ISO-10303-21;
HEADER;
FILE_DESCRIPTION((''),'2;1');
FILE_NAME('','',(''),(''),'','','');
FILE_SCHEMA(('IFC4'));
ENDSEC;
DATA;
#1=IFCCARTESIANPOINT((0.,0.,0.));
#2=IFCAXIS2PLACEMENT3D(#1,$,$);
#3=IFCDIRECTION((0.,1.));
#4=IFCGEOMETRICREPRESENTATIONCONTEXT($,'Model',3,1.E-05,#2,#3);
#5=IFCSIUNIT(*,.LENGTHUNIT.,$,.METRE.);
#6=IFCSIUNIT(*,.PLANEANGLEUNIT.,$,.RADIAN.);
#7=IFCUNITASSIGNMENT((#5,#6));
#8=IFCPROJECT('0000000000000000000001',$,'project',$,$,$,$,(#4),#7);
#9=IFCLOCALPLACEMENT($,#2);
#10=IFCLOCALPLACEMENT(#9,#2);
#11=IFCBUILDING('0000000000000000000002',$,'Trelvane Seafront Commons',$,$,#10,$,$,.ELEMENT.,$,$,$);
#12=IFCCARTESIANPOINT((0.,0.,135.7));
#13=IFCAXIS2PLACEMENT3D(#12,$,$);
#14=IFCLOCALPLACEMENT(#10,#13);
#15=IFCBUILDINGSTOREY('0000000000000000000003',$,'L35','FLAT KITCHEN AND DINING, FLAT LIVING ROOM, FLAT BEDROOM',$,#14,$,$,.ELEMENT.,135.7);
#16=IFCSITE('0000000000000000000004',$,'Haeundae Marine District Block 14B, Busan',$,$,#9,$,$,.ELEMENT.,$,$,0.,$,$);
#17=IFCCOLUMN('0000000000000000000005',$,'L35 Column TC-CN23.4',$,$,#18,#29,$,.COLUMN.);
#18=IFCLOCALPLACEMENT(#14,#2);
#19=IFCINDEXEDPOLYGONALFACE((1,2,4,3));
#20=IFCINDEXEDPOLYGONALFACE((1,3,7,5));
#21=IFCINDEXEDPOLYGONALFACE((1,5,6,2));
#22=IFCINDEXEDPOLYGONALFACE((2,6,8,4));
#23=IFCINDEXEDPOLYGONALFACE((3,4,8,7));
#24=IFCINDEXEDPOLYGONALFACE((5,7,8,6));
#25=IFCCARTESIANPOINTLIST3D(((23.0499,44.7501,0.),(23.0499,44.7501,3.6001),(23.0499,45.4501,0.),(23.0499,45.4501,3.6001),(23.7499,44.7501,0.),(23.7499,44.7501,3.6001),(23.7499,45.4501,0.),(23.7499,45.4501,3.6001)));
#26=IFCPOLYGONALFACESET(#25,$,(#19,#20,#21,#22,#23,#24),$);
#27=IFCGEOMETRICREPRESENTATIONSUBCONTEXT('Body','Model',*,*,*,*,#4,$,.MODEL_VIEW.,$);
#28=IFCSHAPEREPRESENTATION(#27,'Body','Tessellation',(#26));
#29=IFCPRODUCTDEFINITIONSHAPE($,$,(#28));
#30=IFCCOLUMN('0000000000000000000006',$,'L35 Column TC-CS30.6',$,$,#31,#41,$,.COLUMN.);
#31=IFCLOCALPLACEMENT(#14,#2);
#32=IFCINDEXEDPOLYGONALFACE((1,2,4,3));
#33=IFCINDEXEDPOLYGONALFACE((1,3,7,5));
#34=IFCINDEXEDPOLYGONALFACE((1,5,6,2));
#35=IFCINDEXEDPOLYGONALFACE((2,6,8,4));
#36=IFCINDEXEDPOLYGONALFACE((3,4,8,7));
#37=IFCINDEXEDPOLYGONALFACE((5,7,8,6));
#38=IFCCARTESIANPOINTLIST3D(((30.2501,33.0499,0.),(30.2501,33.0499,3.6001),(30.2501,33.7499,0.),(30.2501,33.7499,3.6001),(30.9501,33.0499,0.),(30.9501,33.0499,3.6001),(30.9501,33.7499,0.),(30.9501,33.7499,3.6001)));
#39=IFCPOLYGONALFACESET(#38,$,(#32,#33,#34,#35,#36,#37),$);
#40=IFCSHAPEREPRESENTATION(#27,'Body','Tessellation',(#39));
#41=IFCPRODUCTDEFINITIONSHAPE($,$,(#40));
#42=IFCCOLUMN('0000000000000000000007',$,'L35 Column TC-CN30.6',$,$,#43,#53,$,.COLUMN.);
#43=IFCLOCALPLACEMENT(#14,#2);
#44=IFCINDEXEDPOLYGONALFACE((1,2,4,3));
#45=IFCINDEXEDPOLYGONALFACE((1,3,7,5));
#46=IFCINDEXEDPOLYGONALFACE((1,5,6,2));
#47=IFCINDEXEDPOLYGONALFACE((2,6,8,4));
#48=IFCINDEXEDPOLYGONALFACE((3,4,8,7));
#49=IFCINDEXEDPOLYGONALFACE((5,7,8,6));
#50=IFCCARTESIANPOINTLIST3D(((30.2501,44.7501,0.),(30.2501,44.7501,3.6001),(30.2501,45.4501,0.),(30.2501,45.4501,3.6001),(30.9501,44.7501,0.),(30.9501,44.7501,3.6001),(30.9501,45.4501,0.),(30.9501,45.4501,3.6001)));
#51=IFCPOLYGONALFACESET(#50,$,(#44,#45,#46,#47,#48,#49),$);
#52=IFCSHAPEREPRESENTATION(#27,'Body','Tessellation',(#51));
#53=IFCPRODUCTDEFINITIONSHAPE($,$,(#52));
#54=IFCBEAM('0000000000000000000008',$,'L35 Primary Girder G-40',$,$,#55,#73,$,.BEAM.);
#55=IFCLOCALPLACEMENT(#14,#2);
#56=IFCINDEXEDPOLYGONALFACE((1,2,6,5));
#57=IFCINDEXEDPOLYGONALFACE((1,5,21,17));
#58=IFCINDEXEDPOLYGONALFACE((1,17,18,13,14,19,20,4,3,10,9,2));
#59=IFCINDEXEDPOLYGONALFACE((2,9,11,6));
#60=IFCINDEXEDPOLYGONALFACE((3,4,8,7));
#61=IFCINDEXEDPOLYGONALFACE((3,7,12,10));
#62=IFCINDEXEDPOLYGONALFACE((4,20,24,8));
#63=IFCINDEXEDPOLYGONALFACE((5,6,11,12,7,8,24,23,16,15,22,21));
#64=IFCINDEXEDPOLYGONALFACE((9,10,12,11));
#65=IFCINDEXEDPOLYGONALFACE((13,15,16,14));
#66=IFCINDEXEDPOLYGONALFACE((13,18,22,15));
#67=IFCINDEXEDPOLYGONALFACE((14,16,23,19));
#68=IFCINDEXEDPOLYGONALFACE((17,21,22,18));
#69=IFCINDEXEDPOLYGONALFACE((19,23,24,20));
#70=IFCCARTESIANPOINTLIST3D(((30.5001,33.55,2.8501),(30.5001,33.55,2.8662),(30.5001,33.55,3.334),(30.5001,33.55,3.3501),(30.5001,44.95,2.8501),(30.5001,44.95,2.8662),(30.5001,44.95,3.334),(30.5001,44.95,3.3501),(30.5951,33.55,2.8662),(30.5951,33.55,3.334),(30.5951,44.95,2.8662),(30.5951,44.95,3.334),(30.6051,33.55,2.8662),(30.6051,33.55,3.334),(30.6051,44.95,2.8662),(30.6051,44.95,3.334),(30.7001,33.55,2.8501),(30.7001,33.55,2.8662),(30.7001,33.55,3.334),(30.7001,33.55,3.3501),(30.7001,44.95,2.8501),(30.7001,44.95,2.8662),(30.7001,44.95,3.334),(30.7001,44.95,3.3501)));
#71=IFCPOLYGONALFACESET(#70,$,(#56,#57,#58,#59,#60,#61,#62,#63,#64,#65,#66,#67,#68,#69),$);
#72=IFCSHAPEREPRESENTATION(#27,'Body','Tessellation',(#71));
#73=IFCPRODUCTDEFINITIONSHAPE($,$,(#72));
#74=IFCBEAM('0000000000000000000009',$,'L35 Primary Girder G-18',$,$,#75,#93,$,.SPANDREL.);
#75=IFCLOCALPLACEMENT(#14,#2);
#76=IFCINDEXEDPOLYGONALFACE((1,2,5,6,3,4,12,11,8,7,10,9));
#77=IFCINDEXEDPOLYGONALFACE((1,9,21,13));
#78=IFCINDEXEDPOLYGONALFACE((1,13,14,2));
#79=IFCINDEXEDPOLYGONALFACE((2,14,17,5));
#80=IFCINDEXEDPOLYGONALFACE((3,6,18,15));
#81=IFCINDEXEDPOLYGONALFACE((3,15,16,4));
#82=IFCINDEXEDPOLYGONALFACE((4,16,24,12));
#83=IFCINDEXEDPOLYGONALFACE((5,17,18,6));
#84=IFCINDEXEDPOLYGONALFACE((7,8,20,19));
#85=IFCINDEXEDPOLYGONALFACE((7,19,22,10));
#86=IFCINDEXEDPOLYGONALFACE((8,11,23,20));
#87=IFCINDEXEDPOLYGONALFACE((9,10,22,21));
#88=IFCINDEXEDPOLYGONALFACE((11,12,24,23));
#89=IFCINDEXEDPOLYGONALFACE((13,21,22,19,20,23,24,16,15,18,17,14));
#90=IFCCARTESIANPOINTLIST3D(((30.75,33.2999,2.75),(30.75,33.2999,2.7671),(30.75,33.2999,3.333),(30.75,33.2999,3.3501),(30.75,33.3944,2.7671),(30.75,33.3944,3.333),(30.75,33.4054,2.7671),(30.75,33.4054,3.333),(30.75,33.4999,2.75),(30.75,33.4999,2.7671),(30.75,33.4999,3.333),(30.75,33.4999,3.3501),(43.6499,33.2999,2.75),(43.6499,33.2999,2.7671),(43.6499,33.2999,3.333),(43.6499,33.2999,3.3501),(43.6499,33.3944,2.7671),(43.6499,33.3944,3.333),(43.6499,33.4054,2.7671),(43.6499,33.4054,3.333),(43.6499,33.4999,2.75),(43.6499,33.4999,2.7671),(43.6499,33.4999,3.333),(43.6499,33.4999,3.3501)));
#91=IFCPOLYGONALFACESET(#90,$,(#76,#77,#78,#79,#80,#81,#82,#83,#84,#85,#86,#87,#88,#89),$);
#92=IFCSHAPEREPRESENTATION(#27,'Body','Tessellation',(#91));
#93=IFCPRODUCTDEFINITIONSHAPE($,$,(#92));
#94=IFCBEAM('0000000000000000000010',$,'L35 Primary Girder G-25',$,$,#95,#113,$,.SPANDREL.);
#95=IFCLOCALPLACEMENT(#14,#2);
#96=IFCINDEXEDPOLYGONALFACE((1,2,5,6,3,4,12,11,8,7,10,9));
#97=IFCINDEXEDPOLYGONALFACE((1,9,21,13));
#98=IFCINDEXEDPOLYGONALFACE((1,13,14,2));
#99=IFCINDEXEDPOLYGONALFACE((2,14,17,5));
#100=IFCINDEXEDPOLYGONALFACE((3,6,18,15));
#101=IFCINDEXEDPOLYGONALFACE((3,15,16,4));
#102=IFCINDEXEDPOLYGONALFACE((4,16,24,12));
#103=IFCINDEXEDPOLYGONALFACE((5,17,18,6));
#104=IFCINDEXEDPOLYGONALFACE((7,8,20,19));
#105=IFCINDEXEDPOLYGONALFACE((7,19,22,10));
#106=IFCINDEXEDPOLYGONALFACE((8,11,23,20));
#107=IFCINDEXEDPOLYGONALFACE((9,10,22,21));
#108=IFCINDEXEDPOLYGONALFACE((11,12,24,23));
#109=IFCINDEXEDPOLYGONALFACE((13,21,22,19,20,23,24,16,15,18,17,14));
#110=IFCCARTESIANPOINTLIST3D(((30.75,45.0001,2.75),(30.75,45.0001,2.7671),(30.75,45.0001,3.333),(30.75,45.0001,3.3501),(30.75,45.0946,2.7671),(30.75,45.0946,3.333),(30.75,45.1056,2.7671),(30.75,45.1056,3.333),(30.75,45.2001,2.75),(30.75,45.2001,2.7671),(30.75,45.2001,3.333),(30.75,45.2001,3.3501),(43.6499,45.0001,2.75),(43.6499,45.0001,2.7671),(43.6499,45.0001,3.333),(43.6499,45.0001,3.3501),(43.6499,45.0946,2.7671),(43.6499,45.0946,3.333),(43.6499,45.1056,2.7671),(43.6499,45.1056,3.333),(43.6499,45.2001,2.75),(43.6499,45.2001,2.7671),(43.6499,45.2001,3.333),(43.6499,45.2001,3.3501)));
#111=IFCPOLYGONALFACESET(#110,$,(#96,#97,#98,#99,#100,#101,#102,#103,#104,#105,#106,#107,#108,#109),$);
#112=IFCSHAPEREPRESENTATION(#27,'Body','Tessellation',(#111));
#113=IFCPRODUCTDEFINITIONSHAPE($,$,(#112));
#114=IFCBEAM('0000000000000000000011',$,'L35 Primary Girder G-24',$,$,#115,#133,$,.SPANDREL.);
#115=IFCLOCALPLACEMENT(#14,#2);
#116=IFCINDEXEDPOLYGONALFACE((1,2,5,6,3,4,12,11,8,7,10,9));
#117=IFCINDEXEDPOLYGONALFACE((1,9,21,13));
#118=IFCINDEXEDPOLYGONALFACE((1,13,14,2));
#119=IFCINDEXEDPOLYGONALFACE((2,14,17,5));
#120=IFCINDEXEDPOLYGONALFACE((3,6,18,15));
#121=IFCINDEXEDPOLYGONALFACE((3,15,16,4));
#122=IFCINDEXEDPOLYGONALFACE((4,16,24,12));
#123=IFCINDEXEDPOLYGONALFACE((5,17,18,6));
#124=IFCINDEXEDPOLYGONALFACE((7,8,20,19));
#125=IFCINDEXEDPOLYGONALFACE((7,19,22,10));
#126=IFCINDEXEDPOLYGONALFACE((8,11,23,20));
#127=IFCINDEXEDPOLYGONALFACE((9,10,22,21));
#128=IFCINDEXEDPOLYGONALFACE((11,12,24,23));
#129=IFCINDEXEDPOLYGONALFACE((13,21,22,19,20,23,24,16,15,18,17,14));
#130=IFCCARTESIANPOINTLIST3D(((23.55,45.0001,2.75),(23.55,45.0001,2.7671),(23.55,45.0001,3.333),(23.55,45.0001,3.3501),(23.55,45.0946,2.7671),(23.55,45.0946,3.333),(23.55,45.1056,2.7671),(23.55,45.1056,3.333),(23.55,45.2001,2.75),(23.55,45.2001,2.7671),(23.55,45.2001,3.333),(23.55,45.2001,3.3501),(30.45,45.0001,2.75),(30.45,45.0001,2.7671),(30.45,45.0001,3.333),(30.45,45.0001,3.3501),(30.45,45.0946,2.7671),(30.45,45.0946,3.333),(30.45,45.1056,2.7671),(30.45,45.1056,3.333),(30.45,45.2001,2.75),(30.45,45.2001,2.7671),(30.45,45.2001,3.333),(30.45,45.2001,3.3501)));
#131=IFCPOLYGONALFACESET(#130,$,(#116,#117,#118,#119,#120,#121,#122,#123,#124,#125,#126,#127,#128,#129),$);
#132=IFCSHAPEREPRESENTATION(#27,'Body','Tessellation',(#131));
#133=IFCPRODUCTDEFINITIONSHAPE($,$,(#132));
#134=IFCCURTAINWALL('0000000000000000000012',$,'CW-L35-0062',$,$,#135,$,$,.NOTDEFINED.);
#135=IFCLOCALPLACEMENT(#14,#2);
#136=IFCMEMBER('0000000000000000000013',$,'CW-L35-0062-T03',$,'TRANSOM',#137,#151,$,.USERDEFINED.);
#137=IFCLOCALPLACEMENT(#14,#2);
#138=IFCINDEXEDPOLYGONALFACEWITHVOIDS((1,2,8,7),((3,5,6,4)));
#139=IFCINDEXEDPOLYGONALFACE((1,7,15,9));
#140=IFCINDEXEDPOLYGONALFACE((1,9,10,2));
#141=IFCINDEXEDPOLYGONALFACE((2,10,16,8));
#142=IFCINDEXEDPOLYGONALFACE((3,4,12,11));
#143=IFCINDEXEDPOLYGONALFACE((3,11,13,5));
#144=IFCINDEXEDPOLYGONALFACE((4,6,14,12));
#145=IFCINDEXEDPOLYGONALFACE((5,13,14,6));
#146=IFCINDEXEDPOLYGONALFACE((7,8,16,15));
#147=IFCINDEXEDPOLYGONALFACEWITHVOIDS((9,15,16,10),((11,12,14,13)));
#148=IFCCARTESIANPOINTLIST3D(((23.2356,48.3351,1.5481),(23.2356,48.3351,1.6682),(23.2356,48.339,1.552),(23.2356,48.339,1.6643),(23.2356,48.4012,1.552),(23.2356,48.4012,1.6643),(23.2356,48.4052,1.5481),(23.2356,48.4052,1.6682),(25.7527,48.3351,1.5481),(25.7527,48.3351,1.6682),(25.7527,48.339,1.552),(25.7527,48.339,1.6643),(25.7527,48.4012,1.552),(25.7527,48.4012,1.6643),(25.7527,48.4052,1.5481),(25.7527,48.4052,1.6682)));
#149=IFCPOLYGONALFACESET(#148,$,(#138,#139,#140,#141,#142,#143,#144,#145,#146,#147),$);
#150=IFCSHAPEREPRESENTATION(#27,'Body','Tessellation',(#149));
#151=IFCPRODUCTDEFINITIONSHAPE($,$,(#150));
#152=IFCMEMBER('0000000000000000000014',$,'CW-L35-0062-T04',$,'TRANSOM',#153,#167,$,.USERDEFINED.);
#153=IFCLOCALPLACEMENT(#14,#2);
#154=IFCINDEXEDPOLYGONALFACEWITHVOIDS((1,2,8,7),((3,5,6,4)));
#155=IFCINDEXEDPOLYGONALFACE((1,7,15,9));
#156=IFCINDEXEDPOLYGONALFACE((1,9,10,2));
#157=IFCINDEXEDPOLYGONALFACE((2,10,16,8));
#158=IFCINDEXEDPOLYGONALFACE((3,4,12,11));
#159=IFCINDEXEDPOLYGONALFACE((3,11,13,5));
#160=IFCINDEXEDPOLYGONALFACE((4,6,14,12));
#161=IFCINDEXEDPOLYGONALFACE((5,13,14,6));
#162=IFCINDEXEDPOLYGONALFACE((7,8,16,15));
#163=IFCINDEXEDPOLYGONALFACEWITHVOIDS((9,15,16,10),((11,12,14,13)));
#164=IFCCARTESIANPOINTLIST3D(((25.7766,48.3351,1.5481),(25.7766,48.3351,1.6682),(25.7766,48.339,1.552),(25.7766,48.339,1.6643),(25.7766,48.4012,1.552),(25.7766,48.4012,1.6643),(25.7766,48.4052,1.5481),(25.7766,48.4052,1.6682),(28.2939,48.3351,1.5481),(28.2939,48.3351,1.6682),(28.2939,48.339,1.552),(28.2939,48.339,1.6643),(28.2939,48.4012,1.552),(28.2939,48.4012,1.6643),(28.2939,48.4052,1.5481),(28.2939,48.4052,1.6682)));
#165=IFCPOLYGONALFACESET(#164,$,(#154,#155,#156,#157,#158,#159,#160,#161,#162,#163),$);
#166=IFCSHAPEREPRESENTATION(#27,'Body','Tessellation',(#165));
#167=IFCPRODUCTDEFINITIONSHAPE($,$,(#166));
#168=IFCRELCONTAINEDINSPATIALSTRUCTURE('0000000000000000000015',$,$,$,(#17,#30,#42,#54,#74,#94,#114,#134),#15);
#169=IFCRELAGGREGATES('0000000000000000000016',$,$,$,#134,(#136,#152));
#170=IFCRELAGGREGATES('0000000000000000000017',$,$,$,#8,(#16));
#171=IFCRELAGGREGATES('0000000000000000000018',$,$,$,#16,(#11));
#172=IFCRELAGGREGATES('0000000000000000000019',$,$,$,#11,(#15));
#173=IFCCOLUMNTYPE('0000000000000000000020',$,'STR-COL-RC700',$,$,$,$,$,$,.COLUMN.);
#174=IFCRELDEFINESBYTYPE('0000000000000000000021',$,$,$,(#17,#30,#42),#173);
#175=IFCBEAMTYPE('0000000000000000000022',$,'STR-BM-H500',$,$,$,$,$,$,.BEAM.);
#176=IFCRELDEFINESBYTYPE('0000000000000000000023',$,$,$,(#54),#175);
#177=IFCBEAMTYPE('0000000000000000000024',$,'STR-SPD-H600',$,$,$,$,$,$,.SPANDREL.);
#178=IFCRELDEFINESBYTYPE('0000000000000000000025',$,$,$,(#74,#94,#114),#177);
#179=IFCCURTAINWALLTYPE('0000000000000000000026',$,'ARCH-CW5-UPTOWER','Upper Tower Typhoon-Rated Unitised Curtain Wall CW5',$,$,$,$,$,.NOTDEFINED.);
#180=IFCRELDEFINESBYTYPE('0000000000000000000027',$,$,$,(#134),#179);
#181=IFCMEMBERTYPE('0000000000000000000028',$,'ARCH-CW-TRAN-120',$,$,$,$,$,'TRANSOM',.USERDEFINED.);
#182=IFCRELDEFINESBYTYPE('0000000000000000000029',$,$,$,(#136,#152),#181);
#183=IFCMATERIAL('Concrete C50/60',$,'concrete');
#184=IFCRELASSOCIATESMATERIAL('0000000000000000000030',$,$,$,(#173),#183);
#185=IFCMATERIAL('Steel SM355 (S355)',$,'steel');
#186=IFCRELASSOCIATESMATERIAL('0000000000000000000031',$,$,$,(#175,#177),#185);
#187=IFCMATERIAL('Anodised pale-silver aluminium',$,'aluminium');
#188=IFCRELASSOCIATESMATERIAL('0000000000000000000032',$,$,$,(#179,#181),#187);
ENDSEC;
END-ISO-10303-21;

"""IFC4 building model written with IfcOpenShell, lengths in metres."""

from ifc_helpers import new_model, si_unit, direction, frame, origin, origin_2d, place, context, subcontext, project, spatial, rectangle, hollow_rectangle, i_section, extrude, source, transform, mapped, material, material_profile, profile_set, type_object, element, aggregate, save


model = new_model("IFC4")

# Units and contexts
model_context = context("Model", 3, precision=1e-05, world=origin(), true_north=direction((0.0, 1.0)))
body_context = subcontext(model_context, "Body", "Model", "MODEL_VIEW")
ifc_project = project(units=[si_unit("LENGTHUNIT", "METRE"), si_unit("PLANEANGLEUNIT", "RADIAN")], contexts=[model_context])

# Site, building, storey
site_placement = place(None, origin())
site = spatial("IfcSite", under=ifc_project, at=site_placement, Name="Haeundae Marine District Block 14B, Busan", CompositionType="ELEMENT", RefElevation=0.0)
building_placement = place(site_placement, origin())
building = spatial("IfcBuilding", under=site, at=building_placement, Name="Trelvane Seafront Commons", CompositionType="ELEMENT")
storey_placement = place(building_placement, frame((0.0, 0.0, 135.7)))
storey = spatial("IfcBuildingStorey", under=building, at=storey_placement, Name="L35", Description="FLAT KITCHEN AND DINING, FLAT LIVING ROOM, FLAT BEDROOM", CompositionType="ELEMENT", Elevation=135.7)

# Columns
ifc_material_1 = material(Name="Concrete C50/60", Category="concrete")
ifc_material_profile_1 = material_profile(ifc_material_1, rectangle(XDim=0.7, YDim=0.7, at=origin_2d()), Name="RC-700x700")
ifc_profile_set_1 = profile_set([ifc_material_profile_1], Name="Concrete C50/60")
column_type = type_object("IfcColumnType", Name="STR-COL-RC700", PredefinedType="COLUMN", material=ifc_profile_set_1)
shared_shape_1 = source(origin(), body_context, "Body", "SweptSolid", [
    extrude(rectangle(XDim=0.7, YDim=0.7, at=origin_2d()), origin(), (0.0, 0.0, 1.0), 3.6001),
])
for number, where, z_axis, x_axis, name in (
    (1, (23.3999, 45.1001, 0.0), (0.0, 0.0, 1.0), (1.0, 0.0, 0.0), "L35 Column TC-CN23.4"),
    (2, (30.6001, 33.3999, 0.0), (0.0, 0.0, 1.0), (1.0, 0.0, 0.0), "L35 Column TC-CS30.6"),
    (3, (30.6001, 45.1001, 0.0), (0.0, 0.0, 1.0), (1.0, 0.0, 0.0), "L35 Column TC-CN30.6"),
):
    element("IfcColumn", number, at=place(storey_placement, frame(where, z_axis=z_axis, x_axis=x_axis)), inside=storey, type_object=column_type, Name=name, PredefinedType="COLUMN", context=body_context, shape_type="MappedRepresentation", body=[
        mapped(shared_shape_1, transform((0.0, 0.0, 0.0), x_axis=(1.0, 0.0, 0.0), y_axis=(0.0, 1.0, 0.0), z_axis=(0.0, 0.0, 1.0), scale=1.0)),
    ])

# Beams
ifc_material_2 = material(Name="Steel SM355 (S355)", Category="steel")
ifc_material_profile_2 = material_profile(ifc_material_2, i_section(OverallWidth=0.2, OverallDepth=0.5, WebThickness=0.01, FlangeThickness=0.0161, at=origin_2d()), Name="H-500x200x10x16")
ifc_profile_set_2 = profile_set([ifc_material_profile_2], Name="Steel SM355 (S355)")
beam_type_1 = type_object("IfcBeamType", Name="STR-BM-H500", PredefinedType="BEAM", material=ifc_profile_set_2)
shared_shape_2 = source(origin(), body_context, "Body", "SweptSolid", [
    extrude(i_section(OverallWidth=0.2, OverallDepth=0.5, WebThickness=0.01, FlangeThickness=0.0161, at=origin_2d()), origin(), (0.0, 0.0, 1.0), 11.3999),
])
beam_1_placement = place(storey_placement, frame((30.6001, 33.55, 3.1001), z_axis=(0.0, 1.0, 0.0), x_axis=(-1.0, 0.0, 0.0)))
element("IfcBeam", 4, at=beam_1_placement, inside=storey, type_object=beam_type_1, Name="L35 Primary Girder G-40", PredefinedType="BEAM", context=body_context, shape_type="MappedRepresentation", body=[
    mapped(shared_shape_2, transform((0.0, 0.0, 0.0), x_axis=(1.0, 0.0, 0.0), y_axis=(0.0, 1.0, 0.0), z_axis=(0.0, 0.0, 1.0), scale=1.0)),
])
ifc_material_profile_3 = material_profile(ifc_material_2, i_section(OverallWidth=0.2, OverallDepth=0.6001, WebThickness=0.011, FlangeThickness=0.0171, at=origin_2d()), Name="H-600x200x11x17")
ifc_profile_set_3 = profile_set([ifc_material_profile_3], Name="Steel SM355 (S355)")
beam_type_2 = type_object("IfcBeamType", Name="STR-SPD-H600", PredefinedType="SPANDREL", material=ifc_profile_set_3)
shared_shape_3 = source(origin(), body_context, "Body", "SweptSolid", [
    extrude(i_section(OverallWidth=0.2, OverallDepth=0.6001, WebThickness=0.011, FlangeThickness=0.0171, at=origin_2d()), origin(), (0.0, 0.0, 1.0), 12.8999),
])
for number, where, z_axis, x_axis, name in (
    (5, (30.75, 33.3999, 3.05), (1.0, 0.0, 0.0), (0.0, 1.0, 0.0), "L35 Primary Girder G-18"),
    (6, (30.75, 45.1001, 3.05), (1.0, 0.0, 0.0), (0.0, 1.0, 0.0), "L35 Primary Girder G-25"),
):
    element("IfcBeam", number, at=place(storey_placement, frame(where, z_axis=z_axis, x_axis=x_axis)), inside=storey, type_object=beam_type_2, Name=name, PredefinedType="SPANDREL", context=body_context, shape_type="MappedRepresentation", body=[
        mapped(shared_shape_3, transform((0.0, 0.0, 0.0), x_axis=(1.0, 0.0, 0.0), y_axis=(0.0, 1.0, 0.0), z_axis=(0.0, 0.0, 1.0), scale=1.0)),
    ])
shared_shape_4 = source(origin(), body_context, "Body", "SweptSolid", [
    extrude(i_section(OverallWidth=0.2, OverallDepth=0.6001, WebThickness=0.011, FlangeThickness=0.0171, at=origin_2d()), origin(), (0.0, 0.0, 1.0), 6.8999),
])
beam_2_placement = place(storey_placement, frame((23.55, 45.1001, 3.05), z_axis=(1.0, 0.0, 0.0), x_axis=(0.0, 1.0, 0.0)))
element("IfcBeam", 7, at=beam_2_placement, inside=storey, type_object=beam_type_2, Name="L35 Primary Girder G-24", PredefinedType="SPANDREL", context=body_context, shape_type="MappedRepresentation", body=[
    mapped(shared_shape_4, transform((0.0, 0.0, 0.0), x_axis=(1.0, 0.0, 0.0), y_axis=(0.0, 1.0, 0.0), z_axis=(0.0, 0.0, 1.0), scale=1.0)),
])

# Curtain wall, members
ifc_material_3 = material(Name="Anodised pale-silver aluminium", Category="aluminium")
curtain_wall_type = type_object("IfcCurtainWallType", Name="ARCH-CW5-UPTOWER", Description="Upper Tower Typhoon-Rated Unitised Curtain Wall CW5", PredefinedType="NOTDEFINED", material=ifc_material_3)
curtain_wall_placement = place(storey_placement, origin())
curtain_wall = element("IfcCurtainWall", 8, at=curtain_wall_placement, inside=storey, type_object=curtain_wall_type, Name="CW-L35-0062", PredefinedType="NOTDEFINED")
ifc_material_profile_4 = material_profile(ifc_material_3, hollow_rectangle(XDim=0.0701, YDim=0.1201, WallThickness=0.0039, at=origin_2d()), Name="TRAN-70x120x4")
ifc_profile_set_4 = profile_set([ifc_material_profile_4], Name="Anodised pale-silver aluminium")
member_type_1 = type_object("IfcMemberType", Name="ARCH-CW-TRAN-120", ElementType="TRANSOM", PredefinedType="USERDEFINED", material=ifc_profile_set_4)
shared_shape_5 = source(origin(), body_context, "Body", "SweptSolid", [
    extrude(hollow_rectangle(XDim=0.0701, YDim=0.1201, WallThickness=0.0039, at=origin_2d()), origin(), (0.0, 0.0, 1.0), 2.5171),
])
member_1_placement = place(storey_placement, frame((23.2356, 48.3701, 1.6082), z_axis=(1.0, 0.0, 0.0), x_axis=(0.0, 1.0, 0.0)))
member_1 = element("IfcMember", 9, at=member_1_placement, type_object=member_type_1, Name="CW-L35-0062-T03", ObjectType="TRANSOM", PredefinedType="USERDEFINED", context=body_context, shape_type="MappedRepresentation", body=[
    mapped(shared_shape_5, transform((0.0, 0.0, 0.0), x_axis=(1.0, 0.0, 0.0), y_axis=(0.0, 1.0, 0.0), z_axis=(0.0, 0.0, 1.0), scale=1.0)),
])
shared_shape_6 = source(origin(), body_context, "Body", "SweptSolid", [
    extrude(hollow_rectangle(XDim=0.0701, YDim=0.1201, WallThickness=0.0039, at=origin_2d()), origin(), (0.0, 0.0, 1.0), 2.5173),
])
member_2_placement = place(storey_placement, frame((25.7766, 48.3701, 1.6082), z_axis=(1.0, 0.0, 0.0), x_axis=(0.0, 1.0, 0.0)))
member_2 = element("IfcMember", 10, at=member_2_placement, type_object=member_type_1, Name="CW-L35-0062-T04", ObjectType="TRANSOM", PredefinedType="USERDEFINED", context=body_context, shape_type="MappedRepresentation", body=[
    mapped(shared_shape_6, transform((0.0, 0.0, 0.0), x_axis=(1.0, 0.0, 0.0), y_axis=(0.0, 1.0, 0.0), z_axis=(0.0, 0.0, 1.0), scale=1.0)),
])
aggregate(curtain_wall, [member_1, member_2])

save(model, "model.ifc")
